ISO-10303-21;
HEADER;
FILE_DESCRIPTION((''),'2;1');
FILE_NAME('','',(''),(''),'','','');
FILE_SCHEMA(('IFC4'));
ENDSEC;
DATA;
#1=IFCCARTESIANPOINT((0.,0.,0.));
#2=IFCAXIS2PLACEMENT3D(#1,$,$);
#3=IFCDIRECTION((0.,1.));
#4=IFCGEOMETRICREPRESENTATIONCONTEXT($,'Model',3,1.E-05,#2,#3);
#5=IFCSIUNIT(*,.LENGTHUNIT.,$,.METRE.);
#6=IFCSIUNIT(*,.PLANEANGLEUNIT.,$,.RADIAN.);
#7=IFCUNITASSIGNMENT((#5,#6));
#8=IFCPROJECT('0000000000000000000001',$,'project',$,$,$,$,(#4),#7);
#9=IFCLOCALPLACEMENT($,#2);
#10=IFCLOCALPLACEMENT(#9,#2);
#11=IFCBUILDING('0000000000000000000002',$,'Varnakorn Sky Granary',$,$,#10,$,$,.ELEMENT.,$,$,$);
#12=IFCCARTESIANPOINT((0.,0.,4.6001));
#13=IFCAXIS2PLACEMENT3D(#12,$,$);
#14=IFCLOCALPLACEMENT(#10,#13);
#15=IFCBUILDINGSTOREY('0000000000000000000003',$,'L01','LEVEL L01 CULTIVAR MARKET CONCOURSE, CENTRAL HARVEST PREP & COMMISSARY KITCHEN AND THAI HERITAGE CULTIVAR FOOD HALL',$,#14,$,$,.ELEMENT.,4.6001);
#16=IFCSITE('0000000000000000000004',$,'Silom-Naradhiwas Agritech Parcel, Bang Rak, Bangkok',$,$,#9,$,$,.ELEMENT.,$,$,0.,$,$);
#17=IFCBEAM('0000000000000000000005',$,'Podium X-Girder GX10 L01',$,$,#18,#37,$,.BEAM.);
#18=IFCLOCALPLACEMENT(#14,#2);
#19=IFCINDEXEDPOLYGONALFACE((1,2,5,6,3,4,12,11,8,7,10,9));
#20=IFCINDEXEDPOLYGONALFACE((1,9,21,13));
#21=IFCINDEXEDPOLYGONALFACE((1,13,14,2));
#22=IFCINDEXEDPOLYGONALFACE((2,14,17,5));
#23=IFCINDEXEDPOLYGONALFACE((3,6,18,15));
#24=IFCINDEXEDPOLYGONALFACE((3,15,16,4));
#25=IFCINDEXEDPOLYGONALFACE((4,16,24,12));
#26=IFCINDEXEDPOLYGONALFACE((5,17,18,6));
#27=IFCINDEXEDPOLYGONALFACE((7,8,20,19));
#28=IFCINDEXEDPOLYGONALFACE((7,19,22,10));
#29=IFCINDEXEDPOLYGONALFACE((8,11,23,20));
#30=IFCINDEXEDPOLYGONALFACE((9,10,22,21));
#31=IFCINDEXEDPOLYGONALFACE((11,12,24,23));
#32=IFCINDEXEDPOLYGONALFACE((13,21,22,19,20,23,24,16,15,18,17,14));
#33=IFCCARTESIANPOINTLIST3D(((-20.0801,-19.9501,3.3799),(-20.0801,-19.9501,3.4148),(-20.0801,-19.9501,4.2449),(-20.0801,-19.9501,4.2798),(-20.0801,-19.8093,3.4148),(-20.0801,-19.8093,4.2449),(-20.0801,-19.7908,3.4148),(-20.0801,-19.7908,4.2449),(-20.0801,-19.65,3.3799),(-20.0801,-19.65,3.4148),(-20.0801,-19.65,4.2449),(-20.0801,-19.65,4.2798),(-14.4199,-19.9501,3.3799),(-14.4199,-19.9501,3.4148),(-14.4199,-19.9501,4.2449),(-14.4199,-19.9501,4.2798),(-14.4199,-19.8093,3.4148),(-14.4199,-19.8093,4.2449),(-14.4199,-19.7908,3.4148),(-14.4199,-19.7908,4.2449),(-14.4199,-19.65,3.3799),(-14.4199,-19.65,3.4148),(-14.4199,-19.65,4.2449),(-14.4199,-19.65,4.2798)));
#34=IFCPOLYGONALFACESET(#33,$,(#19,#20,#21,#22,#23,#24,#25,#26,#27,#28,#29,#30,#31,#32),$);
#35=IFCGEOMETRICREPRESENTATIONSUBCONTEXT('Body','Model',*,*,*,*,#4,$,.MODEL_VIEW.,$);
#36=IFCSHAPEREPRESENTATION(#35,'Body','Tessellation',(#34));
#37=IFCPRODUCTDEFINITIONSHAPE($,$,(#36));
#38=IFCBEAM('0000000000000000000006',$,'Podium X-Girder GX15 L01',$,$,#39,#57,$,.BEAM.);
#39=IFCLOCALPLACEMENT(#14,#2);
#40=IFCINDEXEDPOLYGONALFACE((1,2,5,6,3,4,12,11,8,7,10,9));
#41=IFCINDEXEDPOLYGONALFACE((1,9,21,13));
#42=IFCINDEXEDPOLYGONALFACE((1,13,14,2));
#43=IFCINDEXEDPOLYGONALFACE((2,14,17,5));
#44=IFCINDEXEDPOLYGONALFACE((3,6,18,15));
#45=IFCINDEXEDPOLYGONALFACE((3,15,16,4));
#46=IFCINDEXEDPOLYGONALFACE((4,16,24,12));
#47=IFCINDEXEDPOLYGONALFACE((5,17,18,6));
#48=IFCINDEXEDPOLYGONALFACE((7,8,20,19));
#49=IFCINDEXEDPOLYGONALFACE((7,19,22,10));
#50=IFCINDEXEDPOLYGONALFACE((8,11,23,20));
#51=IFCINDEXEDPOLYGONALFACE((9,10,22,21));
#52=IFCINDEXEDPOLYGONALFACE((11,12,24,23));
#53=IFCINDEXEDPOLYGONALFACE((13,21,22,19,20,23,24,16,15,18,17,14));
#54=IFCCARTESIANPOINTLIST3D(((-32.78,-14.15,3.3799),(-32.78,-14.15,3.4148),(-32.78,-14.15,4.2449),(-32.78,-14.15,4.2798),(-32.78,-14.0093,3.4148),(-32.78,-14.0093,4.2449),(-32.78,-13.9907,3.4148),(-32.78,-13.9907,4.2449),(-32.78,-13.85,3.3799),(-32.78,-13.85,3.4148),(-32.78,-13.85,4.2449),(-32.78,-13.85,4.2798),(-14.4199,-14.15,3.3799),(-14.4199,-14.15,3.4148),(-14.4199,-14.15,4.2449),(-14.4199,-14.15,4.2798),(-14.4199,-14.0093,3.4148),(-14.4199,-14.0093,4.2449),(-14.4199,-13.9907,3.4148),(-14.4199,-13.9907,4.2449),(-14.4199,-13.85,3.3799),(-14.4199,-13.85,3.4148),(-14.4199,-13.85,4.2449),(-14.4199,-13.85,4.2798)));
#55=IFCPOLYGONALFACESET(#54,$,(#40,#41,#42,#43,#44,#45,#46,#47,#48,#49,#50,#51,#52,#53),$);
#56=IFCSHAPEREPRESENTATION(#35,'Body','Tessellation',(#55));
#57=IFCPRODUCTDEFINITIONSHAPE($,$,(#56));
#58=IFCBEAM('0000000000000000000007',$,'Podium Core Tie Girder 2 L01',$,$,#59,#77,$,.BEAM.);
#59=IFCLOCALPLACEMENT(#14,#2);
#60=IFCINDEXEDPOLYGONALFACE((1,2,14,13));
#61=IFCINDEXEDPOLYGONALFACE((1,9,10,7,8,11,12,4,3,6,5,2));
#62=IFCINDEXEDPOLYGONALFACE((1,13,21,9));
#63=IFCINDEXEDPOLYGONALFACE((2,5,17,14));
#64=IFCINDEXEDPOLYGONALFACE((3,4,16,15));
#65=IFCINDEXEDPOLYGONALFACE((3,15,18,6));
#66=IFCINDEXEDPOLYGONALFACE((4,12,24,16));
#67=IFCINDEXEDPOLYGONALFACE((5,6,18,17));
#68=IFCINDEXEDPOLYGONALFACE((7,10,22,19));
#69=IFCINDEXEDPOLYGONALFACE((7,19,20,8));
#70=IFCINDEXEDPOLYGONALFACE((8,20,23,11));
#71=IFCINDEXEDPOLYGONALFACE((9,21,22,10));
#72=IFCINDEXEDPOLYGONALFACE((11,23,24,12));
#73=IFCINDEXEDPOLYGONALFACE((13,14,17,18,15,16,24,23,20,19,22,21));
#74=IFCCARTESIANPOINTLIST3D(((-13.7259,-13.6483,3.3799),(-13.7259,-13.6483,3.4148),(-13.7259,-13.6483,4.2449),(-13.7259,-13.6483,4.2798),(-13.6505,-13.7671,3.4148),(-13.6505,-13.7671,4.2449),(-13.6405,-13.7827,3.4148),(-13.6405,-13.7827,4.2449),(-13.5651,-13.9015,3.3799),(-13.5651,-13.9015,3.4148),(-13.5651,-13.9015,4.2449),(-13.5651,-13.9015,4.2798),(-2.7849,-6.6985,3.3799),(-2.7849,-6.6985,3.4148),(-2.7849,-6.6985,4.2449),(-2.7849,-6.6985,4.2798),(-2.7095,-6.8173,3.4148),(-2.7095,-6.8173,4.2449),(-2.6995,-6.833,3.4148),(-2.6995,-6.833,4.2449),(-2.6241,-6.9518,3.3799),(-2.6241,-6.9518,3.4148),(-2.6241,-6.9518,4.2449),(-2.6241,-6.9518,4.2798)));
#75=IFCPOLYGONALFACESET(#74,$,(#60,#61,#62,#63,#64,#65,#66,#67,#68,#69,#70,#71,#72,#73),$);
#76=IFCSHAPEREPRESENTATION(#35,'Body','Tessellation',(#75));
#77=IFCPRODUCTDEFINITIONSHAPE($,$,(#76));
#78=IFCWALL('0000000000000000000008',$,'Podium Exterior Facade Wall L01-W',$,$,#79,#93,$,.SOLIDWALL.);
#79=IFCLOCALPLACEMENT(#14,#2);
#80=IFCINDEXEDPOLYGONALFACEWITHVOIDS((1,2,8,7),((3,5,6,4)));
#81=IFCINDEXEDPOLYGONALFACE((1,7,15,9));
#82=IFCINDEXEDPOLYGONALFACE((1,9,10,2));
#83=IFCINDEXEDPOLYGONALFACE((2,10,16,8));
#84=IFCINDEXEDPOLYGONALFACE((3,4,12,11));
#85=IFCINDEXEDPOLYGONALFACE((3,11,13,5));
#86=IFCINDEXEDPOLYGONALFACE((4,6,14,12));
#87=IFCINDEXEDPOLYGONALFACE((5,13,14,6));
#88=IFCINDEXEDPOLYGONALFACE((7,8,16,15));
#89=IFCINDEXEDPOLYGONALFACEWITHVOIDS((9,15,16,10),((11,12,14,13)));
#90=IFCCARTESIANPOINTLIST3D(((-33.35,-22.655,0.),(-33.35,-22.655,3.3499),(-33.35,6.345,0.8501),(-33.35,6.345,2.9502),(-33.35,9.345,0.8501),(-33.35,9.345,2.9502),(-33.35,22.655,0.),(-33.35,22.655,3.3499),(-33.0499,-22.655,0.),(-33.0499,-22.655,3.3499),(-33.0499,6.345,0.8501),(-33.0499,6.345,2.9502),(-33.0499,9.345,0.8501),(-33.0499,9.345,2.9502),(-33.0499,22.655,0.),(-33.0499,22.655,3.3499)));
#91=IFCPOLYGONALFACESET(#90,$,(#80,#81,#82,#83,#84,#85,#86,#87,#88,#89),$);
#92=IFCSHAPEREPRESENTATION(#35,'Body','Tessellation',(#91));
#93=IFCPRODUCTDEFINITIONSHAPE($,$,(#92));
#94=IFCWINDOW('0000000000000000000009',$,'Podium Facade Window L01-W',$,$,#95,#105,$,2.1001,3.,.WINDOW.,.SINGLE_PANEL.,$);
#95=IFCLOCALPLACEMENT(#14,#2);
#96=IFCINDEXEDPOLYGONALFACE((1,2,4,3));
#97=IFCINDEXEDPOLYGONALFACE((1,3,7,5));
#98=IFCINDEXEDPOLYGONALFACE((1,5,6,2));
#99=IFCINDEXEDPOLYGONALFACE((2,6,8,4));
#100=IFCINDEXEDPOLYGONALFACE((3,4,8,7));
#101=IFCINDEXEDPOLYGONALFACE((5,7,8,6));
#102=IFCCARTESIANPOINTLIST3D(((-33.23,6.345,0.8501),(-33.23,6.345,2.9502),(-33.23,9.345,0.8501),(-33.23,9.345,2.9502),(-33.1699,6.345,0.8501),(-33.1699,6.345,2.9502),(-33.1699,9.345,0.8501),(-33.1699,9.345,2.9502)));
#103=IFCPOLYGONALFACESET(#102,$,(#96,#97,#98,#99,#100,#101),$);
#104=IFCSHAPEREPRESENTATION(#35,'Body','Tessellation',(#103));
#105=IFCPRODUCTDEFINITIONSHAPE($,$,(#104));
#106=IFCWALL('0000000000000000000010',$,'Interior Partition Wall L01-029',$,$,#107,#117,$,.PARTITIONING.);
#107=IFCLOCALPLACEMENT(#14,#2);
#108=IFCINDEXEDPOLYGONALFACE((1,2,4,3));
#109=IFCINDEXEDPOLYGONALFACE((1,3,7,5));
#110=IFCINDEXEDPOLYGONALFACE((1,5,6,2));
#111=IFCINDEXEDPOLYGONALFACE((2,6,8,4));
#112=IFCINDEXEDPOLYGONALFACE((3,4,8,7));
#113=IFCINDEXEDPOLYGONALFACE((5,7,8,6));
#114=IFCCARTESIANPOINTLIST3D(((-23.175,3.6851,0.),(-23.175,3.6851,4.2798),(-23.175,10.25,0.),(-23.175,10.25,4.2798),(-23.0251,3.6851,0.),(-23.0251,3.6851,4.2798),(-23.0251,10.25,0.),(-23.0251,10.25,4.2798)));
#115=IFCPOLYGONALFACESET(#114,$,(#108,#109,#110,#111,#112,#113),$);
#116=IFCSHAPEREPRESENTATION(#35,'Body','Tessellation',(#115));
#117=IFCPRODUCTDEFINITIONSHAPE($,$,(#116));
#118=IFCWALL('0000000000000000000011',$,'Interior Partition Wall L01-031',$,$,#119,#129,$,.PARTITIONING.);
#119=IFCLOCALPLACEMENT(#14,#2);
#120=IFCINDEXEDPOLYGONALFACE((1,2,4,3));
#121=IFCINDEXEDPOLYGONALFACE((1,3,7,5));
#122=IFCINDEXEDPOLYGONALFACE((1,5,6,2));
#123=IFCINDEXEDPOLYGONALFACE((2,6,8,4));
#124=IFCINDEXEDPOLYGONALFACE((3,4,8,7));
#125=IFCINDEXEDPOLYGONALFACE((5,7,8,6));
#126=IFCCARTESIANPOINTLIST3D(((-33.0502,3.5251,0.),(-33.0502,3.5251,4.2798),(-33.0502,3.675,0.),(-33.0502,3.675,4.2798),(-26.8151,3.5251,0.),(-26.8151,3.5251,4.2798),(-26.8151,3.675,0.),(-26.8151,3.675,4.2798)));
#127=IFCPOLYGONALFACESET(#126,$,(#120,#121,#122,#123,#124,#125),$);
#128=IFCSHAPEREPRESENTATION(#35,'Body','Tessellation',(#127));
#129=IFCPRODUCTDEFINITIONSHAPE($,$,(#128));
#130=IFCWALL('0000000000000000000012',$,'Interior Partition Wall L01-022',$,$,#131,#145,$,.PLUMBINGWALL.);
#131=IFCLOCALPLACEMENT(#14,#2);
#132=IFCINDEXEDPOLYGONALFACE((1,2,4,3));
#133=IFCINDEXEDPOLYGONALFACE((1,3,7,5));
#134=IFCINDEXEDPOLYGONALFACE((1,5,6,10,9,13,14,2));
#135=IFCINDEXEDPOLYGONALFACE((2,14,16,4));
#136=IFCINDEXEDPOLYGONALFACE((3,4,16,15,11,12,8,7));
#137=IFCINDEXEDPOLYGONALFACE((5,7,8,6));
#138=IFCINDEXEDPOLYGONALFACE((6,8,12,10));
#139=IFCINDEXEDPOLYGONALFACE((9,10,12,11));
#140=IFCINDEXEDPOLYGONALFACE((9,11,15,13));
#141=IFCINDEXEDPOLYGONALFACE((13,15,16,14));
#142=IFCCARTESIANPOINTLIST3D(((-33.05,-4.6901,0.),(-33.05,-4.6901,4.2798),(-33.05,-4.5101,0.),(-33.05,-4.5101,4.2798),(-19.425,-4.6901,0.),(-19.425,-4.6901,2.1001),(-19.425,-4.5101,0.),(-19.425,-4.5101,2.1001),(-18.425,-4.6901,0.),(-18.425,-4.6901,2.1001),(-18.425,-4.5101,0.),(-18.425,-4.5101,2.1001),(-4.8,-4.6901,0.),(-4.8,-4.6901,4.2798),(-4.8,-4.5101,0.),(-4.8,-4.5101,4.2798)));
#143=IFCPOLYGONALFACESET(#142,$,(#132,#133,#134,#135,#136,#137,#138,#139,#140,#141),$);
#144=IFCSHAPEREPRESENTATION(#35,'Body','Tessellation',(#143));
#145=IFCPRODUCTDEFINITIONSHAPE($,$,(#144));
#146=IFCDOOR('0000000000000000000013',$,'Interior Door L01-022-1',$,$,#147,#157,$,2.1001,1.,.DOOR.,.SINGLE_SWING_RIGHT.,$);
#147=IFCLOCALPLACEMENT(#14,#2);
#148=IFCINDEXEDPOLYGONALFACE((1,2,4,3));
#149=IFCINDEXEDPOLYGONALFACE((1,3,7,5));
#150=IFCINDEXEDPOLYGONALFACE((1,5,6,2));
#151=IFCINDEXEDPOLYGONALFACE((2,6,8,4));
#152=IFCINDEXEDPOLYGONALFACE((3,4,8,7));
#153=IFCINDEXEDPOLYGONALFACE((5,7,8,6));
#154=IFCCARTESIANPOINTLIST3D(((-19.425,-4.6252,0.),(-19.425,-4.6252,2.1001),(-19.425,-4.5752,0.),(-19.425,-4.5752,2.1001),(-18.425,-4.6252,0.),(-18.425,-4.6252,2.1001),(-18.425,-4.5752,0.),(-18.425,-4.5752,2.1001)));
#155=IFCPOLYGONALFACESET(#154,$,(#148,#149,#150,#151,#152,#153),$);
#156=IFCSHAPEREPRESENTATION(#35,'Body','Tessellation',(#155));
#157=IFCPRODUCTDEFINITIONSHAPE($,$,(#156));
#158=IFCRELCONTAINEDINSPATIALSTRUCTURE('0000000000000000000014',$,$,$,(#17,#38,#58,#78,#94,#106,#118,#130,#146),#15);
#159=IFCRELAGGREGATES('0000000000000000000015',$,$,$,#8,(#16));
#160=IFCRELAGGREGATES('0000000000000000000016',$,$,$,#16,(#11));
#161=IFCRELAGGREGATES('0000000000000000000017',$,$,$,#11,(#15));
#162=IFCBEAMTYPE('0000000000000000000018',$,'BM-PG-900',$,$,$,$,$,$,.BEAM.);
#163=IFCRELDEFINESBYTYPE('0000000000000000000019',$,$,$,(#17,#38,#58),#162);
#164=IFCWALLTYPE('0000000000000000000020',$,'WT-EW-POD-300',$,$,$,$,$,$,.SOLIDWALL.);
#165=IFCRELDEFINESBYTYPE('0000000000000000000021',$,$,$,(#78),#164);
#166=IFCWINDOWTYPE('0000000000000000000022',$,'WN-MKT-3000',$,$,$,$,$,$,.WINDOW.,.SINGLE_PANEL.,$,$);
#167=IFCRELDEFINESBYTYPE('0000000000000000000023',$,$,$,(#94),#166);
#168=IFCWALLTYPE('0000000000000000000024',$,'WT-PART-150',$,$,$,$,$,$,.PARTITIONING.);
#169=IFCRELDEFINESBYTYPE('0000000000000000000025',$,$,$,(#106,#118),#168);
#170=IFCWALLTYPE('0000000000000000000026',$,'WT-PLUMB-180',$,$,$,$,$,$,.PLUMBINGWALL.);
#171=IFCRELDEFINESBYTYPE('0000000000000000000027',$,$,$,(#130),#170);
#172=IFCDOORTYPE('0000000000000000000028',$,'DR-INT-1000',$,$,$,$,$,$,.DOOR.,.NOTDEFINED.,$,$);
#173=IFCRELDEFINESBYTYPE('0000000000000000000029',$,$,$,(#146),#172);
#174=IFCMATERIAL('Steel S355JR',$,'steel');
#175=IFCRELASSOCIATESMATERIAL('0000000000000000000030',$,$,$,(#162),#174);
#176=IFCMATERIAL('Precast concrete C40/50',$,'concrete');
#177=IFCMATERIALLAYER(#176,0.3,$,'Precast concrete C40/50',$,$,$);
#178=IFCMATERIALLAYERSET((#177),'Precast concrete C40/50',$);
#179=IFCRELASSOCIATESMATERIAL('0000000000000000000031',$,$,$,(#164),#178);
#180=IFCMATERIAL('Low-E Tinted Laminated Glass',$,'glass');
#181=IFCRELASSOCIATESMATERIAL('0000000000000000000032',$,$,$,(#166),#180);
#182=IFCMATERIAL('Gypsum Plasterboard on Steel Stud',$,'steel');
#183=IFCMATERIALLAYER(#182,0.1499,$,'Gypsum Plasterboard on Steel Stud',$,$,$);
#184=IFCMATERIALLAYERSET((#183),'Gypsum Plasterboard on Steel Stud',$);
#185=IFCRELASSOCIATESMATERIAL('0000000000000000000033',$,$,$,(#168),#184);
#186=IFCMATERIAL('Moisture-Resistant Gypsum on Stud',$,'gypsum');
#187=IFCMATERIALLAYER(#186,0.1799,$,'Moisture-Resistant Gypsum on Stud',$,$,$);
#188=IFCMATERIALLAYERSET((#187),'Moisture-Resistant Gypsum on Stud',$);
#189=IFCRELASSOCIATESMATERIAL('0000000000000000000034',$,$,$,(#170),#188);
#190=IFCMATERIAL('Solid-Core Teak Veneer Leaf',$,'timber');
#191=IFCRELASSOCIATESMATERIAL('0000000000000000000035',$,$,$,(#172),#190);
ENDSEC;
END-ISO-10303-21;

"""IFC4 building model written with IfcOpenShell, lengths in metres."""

from ifc_helpers import new_model, si_unit, direction, frame, frame_2d, origin, origin_2d, place, context, subcontext, project, spatial, rectangle, i_section, extrude, material, layer, layer_set, material_profile, profile_set, type_object, element, fill, save


model = new_model("IFC4")

# Units and contexts
model_context = context("Model", 3, precision=1e-05, world=origin(), true_north=direction((0.0, 1.0)))
body_context = subcontext(model_context, "Body", "Model", "MODEL_VIEW")
ifc_project = project(units=[si_unit("LENGTHUNIT", "METRE"), si_unit("PLANEANGLEUNIT", "RADIAN")], contexts=[model_context])

# Site, building, storey
site_placement = place(None, origin())
site = spatial("IfcSite", under=ifc_project, at=site_placement, Name="Silom-Naradhiwas Agritech Parcel, Bang Rak, Bangkok", CompositionType="ELEMENT", RefElevation=0.0)
building_placement = place(site_placement, origin())
building = spatial("IfcBuilding", under=site, at=building_placement, Name="Varnakorn Sky Granary", CompositionType="ELEMENT")
storey_placement = place(building_placement, frame((0.0, 0.0, 4.6001)))
storey = spatial("IfcBuildingStorey", under=building, at=storey_placement, Name="L01", Description="LEVEL L01 CULTIVAR MARKET CONCOURSE, CENTRAL HARVEST PREP & COMMISSARY KITCHEN AND THAI HERITAGE CULTIVAR FOOD HALL", CompositionType="ELEMENT", Elevation=4.6001)

# Beams
ifc_material_1 = material(Name="Steel S355JR", Category="steel")
ifc_material_profile_1 = material_profile(ifc_material_1, i_section(OverallWidth=0.3, OverallDepth=0.8999, WebThickness=0.0186, FlangeThickness=0.0349, at=origin_2d()), Name="HE 900 B")
ifc_profile_set_1 = profile_set([ifc_material_profile_1], Name="Steel S355JR")
beam_type_1 = type_object("IfcBeamType", Name="BM-PG-900", PredefinedType="BEAM", material=ifc_profile_set_1)
beam_1_placement = place(storey_placement, frame((-20.0801, -19.8, 3.8298), z_axis=(1.0, 0.0, 0.0), x_axis=(0.0, 1.0, 0.0)))
element("IfcBeam", 1, at=beam_1_placement, inside=storey, type_object=beam_type_1, Name="Podium X-Girder GX10 L01", PredefinedType="BEAM", context=body_context, shape_type="SweptSolid", body=[
    extrude(i_section(OverallWidth=0.3, OverallDepth=0.8999, WebThickness=0.0186, FlangeThickness=0.0349, at=origin_2d()), origin(), (0.0, 0.0, 1.0), 5.6602),
])
beam_2_placement = place(storey_placement, frame((-32.78, -14.0, 3.8298), z_axis=(1.0, 0.0, 0.0), x_axis=(0.0, 1.0, 0.0)))
element("IfcBeam", 2, at=beam_2_placement, inside=storey, type_object=beam_type_1, Name="Podium X-Girder GX15 L01", PredefinedType="BEAM", context=body_context, shape_type="SweptSolid", body=[
    extrude(i_section(OverallWidth=0.3, OverallDepth=0.8999, WebThickness=0.0186, FlangeThickness=0.0349, at=origin_2d()), origin(), (0.0, 0.0, 1.0), 18.3601),
])
beam_3_placement = place(storey_placement, frame((-13.6455, -13.7749, 3.8298), z_axis=(0.844105, 0.536178, 0.0), x_axis=(-0.536178, 0.844105, 0.0)))
element("IfcBeam", 3, at=beam_3_placement, inside=storey, type_object=beam_type_1, Name="Podium Core Tie Girder 2 L01", PredefinedType="BEAM", context=body_context, shape_type="SweptSolid", body=[
    extrude(i_section(OverallWidth=0.3, OverallDepth=0.8999, WebThickness=0.0186, FlangeThickness=0.0349, at=origin_2d()), origin(), (0.0, 0.0, 1.0), 12.9617),
])

# Wall, opening, window
ifc_material_2 = material(Name="Precast concrete C40/50", Category="concrete")
ifc_layer_1 = layer(ifc_material_2, 0.3, Name="Precast concrete C40/50")
ifc_layer_set_1 = layer_set([ifc_layer_1], Name="Precast concrete C40/50")
wall_type_1 = type_object("IfcWallType", Name="WT-EW-POD-300", PredefinedType="SOLIDWALL", material=ifc_layer_set_1)
wall_1_placement = place(storey_placement, frame((-33.2, -22.655, 0.0), z_axis=(0.0, 0.0, 1.0), x_axis=(0.0, 1.0, 0.0)))
wall_1 = element("IfcWall", 4, at=wall_1_placement, inside=storey, type_object=wall_type_1, Name="Podium Exterior Facade Wall L01-W", PredefinedType="SOLIDWALL", context=body_context, shape_type="SweptSolid", body=[
    extrude(rectangle(XDim=45.3101, YDim=0.3, at=frame_2d((22.655, 0.0))), origin(), (0.0, 0.0, 1.0), 3.3499),
])
opening_1_placement = place(wall_1_placement, frame((29.0, 0.0, 0.8501)))
opening_1 = element("IfcOpeningElement", 5, at=opening_1_placement, cuts=wall_1, PredefinedType="OPENING", context=body_context, shape_type="SweptSolid", body=[
    extrude(rectangle(XDim=3.0, YDim=2.1001, at=frame_2d((1.5, 1.05))), frame((0.0, 0.1602, 0.0), z_axis=(0.0, -1.0, 0.0), x_axis=(1.0, 0.0, 0.0)), (0.0, 0.0, 1.0), 0.3201),
])
ifc_material_3 = material(Name="Low-E Tinted Laminated Glass", Category="glass")
window_type = type_object("IfcWindowType", Name="WN-MKT-3000", PartitioningType="SINGLE_PANEL", PredefinedType="WINDOW", material=ifc_material_3)
window_placement = place(opening_1_placement, origin())
window = element("IfcWindow", 6, at=window_placement, inside=storey, type_object=window_type, Name="Podium Facade Window L01-W", OverallHeight=2.1001, OverallWidth=3.0, PartitioningType="SINGLE_PANEL", PredefinedType="WINDOW", context=body_context, shape_type="SweptSolid", body=[
    extrude(rectangle(XDim=3.0, YDim=2.1001, at=frame_2d((1.5, 1.05))), frame((0.0, 0.03, 0.0), z_axis=(0.0, -1.0, 0.0), x_axis=(1.0, 0.0, 0.0)), (0.0, 0.0, 1.0), 0.0601),
])
fill(opening_1, window)

# Walls
ifc_material_4 = material(Name="Gypsum Plasterboard on Steel Stud", Category="steel")
ifc_layer_2 = layer(ifc_material_4, 0.1499, Name="Gypsum Plasterboard on Steel Stud")
ifc_layer_set_2 = layer_set([ifc_layer_2], Name="Gypsum Plasterboard on Steel Stud")
wall_type_2 = type_object("IfcWallType", Name="WT-PART-150", PredefinedType="PARTITIONING", material=ifc_layer_set_2)
wall_2_placement = place(storey_placement, frame((-23.1001, 3.6851, 0.0), z_axis=(0.0, 0.0, 1.0), x_axis=(0.0, 1.0, 0.0)))
element("IfcWall", 7, at=wall_2_placement, inside=storey, type_object=wall_type_2, Name="Interior Partition Wall L01-029", PredefinedType="PARTITIONING", context=body_context, shape_type="SweptSolid", body=[
    extrude(rectangle(XDim=6.5649, YDim=0.1499, at=frame_2d((3.2825, 0.0))), origin(), (0.0, 0.0, 1.0), 4.2798),
])
wall_3_placement = place(storey_placement, frame((-26.8149, 3.6001, 0.0), z_axis=(0.0, 0.0, 1.0), x_axis=(-1.0, 0.0, 0.0)))
element("IfcWall", 8, at=wall_3_placement, inside=storey, type_object=wall_type_2, Name="Interior Partition Wall L01-031", PredefinedType="PARTITIONING", context=body_context, shape_type="SweptSolid", body=[
    extrude(rectangle(XDim=6.2351, YDim=0.1499, at=frame_2d((3.1177, 0.0))), origin(), (0.0, 0.0, 1.0), 4.2798),
])

# Wall, opening, door
ifc_material_5 = material(Name="Moisture-Resistant Gypsum on Stud", Category="gypsum")
ifc_layer_3 = layer(ifc_material_5, 0.1799, Name="Moisture-Resistant Gypsum on Stud")
ifc_layer_set_3 = layer_set([ifc_layer_3], Name="Moisture-Resistant Gypsum on Stud")
wall_type_3 = type_object("IfcWallType", Name="WT-PLUMB-180", PredefinedType="PLUMBINGWALL", material=ifc_layer_set_3)
wall_4_placement = place(storey_placement, frame((-33.05, -4.6001, 0.0), z_axis=(0.0, 0.0, 1.0), x_axis=(1.0, 0.0, 0.0)))
wall_4 = element("IfcWall", 9, at=wall_4_placement, inside=storey, type_object=wall_type_3, Name="Interior Partition Wall L01-022", PredefinedType="PLUMBINGWALL", context=body_context, shape_type="SweptSolid", body=[
    extrude(rectangle(XDim=28.25, YDim=0.1799, at=frame_2d((14.125, 0.0))), origin(), (0.0, 0.0, 1.0), 4.2798),
])
opening_2_placement = place(wall_4_placement, frame((13.625, 0.0, 0.0)))
opening_2 = element("IfcOpeningElement", 10, at=opening_2_placement, cuts=wall_4, PredefinedType="OPENING", context=body_context, shape_type="SweptSolid", body=[
    extrude(rectangle(XDim=1.0, YDim=2.1001, at=frame_2d((0.5, 1.05))), frame((0.0, 0.1001, 0.0), z_axis=(0.0, -1.0, 0.0), x_axis=(1.0, 0.0, 0.0)), (0.0, 0.0, 1.0), 0.2),
])
ifc_material_6 = material(Name="Solid-Core Teak Veneer Leaf", Category="timber")
door_type = type_object("IfcDoorType", Name="DR-INT-1000", OperationType="NOTDEFINED", PredefinedType="DOOR", material=ifc_material_6)
door_placement = place(opening_2_placement, origin())
door = element("IfcDoor", 11, at=door_placement, inside=storey, type_object=door_type, Name="Interior Door L01-022-1", OperationType="SINGLE_SWING_RIGHT", OverallHeight=2.1001, OverallWidth=1.0, PredefinedType="DOOR", context=body_context, shape_type="SweptSolid", body=[
    extrude(rectangle(XDim=1.0, YDim=2.1001, at=frame_2d((0.5, 1.05))), frame((0.0, 0.0249, 0.0), z_axis=(0.0, -1.0, 0.0), x_axis=(1.0, 0.0, 0.0)), (0.0, 0.0, 1.0), 0.05),
])
fill(opening_2, door)

save(model, "model.ifc")
